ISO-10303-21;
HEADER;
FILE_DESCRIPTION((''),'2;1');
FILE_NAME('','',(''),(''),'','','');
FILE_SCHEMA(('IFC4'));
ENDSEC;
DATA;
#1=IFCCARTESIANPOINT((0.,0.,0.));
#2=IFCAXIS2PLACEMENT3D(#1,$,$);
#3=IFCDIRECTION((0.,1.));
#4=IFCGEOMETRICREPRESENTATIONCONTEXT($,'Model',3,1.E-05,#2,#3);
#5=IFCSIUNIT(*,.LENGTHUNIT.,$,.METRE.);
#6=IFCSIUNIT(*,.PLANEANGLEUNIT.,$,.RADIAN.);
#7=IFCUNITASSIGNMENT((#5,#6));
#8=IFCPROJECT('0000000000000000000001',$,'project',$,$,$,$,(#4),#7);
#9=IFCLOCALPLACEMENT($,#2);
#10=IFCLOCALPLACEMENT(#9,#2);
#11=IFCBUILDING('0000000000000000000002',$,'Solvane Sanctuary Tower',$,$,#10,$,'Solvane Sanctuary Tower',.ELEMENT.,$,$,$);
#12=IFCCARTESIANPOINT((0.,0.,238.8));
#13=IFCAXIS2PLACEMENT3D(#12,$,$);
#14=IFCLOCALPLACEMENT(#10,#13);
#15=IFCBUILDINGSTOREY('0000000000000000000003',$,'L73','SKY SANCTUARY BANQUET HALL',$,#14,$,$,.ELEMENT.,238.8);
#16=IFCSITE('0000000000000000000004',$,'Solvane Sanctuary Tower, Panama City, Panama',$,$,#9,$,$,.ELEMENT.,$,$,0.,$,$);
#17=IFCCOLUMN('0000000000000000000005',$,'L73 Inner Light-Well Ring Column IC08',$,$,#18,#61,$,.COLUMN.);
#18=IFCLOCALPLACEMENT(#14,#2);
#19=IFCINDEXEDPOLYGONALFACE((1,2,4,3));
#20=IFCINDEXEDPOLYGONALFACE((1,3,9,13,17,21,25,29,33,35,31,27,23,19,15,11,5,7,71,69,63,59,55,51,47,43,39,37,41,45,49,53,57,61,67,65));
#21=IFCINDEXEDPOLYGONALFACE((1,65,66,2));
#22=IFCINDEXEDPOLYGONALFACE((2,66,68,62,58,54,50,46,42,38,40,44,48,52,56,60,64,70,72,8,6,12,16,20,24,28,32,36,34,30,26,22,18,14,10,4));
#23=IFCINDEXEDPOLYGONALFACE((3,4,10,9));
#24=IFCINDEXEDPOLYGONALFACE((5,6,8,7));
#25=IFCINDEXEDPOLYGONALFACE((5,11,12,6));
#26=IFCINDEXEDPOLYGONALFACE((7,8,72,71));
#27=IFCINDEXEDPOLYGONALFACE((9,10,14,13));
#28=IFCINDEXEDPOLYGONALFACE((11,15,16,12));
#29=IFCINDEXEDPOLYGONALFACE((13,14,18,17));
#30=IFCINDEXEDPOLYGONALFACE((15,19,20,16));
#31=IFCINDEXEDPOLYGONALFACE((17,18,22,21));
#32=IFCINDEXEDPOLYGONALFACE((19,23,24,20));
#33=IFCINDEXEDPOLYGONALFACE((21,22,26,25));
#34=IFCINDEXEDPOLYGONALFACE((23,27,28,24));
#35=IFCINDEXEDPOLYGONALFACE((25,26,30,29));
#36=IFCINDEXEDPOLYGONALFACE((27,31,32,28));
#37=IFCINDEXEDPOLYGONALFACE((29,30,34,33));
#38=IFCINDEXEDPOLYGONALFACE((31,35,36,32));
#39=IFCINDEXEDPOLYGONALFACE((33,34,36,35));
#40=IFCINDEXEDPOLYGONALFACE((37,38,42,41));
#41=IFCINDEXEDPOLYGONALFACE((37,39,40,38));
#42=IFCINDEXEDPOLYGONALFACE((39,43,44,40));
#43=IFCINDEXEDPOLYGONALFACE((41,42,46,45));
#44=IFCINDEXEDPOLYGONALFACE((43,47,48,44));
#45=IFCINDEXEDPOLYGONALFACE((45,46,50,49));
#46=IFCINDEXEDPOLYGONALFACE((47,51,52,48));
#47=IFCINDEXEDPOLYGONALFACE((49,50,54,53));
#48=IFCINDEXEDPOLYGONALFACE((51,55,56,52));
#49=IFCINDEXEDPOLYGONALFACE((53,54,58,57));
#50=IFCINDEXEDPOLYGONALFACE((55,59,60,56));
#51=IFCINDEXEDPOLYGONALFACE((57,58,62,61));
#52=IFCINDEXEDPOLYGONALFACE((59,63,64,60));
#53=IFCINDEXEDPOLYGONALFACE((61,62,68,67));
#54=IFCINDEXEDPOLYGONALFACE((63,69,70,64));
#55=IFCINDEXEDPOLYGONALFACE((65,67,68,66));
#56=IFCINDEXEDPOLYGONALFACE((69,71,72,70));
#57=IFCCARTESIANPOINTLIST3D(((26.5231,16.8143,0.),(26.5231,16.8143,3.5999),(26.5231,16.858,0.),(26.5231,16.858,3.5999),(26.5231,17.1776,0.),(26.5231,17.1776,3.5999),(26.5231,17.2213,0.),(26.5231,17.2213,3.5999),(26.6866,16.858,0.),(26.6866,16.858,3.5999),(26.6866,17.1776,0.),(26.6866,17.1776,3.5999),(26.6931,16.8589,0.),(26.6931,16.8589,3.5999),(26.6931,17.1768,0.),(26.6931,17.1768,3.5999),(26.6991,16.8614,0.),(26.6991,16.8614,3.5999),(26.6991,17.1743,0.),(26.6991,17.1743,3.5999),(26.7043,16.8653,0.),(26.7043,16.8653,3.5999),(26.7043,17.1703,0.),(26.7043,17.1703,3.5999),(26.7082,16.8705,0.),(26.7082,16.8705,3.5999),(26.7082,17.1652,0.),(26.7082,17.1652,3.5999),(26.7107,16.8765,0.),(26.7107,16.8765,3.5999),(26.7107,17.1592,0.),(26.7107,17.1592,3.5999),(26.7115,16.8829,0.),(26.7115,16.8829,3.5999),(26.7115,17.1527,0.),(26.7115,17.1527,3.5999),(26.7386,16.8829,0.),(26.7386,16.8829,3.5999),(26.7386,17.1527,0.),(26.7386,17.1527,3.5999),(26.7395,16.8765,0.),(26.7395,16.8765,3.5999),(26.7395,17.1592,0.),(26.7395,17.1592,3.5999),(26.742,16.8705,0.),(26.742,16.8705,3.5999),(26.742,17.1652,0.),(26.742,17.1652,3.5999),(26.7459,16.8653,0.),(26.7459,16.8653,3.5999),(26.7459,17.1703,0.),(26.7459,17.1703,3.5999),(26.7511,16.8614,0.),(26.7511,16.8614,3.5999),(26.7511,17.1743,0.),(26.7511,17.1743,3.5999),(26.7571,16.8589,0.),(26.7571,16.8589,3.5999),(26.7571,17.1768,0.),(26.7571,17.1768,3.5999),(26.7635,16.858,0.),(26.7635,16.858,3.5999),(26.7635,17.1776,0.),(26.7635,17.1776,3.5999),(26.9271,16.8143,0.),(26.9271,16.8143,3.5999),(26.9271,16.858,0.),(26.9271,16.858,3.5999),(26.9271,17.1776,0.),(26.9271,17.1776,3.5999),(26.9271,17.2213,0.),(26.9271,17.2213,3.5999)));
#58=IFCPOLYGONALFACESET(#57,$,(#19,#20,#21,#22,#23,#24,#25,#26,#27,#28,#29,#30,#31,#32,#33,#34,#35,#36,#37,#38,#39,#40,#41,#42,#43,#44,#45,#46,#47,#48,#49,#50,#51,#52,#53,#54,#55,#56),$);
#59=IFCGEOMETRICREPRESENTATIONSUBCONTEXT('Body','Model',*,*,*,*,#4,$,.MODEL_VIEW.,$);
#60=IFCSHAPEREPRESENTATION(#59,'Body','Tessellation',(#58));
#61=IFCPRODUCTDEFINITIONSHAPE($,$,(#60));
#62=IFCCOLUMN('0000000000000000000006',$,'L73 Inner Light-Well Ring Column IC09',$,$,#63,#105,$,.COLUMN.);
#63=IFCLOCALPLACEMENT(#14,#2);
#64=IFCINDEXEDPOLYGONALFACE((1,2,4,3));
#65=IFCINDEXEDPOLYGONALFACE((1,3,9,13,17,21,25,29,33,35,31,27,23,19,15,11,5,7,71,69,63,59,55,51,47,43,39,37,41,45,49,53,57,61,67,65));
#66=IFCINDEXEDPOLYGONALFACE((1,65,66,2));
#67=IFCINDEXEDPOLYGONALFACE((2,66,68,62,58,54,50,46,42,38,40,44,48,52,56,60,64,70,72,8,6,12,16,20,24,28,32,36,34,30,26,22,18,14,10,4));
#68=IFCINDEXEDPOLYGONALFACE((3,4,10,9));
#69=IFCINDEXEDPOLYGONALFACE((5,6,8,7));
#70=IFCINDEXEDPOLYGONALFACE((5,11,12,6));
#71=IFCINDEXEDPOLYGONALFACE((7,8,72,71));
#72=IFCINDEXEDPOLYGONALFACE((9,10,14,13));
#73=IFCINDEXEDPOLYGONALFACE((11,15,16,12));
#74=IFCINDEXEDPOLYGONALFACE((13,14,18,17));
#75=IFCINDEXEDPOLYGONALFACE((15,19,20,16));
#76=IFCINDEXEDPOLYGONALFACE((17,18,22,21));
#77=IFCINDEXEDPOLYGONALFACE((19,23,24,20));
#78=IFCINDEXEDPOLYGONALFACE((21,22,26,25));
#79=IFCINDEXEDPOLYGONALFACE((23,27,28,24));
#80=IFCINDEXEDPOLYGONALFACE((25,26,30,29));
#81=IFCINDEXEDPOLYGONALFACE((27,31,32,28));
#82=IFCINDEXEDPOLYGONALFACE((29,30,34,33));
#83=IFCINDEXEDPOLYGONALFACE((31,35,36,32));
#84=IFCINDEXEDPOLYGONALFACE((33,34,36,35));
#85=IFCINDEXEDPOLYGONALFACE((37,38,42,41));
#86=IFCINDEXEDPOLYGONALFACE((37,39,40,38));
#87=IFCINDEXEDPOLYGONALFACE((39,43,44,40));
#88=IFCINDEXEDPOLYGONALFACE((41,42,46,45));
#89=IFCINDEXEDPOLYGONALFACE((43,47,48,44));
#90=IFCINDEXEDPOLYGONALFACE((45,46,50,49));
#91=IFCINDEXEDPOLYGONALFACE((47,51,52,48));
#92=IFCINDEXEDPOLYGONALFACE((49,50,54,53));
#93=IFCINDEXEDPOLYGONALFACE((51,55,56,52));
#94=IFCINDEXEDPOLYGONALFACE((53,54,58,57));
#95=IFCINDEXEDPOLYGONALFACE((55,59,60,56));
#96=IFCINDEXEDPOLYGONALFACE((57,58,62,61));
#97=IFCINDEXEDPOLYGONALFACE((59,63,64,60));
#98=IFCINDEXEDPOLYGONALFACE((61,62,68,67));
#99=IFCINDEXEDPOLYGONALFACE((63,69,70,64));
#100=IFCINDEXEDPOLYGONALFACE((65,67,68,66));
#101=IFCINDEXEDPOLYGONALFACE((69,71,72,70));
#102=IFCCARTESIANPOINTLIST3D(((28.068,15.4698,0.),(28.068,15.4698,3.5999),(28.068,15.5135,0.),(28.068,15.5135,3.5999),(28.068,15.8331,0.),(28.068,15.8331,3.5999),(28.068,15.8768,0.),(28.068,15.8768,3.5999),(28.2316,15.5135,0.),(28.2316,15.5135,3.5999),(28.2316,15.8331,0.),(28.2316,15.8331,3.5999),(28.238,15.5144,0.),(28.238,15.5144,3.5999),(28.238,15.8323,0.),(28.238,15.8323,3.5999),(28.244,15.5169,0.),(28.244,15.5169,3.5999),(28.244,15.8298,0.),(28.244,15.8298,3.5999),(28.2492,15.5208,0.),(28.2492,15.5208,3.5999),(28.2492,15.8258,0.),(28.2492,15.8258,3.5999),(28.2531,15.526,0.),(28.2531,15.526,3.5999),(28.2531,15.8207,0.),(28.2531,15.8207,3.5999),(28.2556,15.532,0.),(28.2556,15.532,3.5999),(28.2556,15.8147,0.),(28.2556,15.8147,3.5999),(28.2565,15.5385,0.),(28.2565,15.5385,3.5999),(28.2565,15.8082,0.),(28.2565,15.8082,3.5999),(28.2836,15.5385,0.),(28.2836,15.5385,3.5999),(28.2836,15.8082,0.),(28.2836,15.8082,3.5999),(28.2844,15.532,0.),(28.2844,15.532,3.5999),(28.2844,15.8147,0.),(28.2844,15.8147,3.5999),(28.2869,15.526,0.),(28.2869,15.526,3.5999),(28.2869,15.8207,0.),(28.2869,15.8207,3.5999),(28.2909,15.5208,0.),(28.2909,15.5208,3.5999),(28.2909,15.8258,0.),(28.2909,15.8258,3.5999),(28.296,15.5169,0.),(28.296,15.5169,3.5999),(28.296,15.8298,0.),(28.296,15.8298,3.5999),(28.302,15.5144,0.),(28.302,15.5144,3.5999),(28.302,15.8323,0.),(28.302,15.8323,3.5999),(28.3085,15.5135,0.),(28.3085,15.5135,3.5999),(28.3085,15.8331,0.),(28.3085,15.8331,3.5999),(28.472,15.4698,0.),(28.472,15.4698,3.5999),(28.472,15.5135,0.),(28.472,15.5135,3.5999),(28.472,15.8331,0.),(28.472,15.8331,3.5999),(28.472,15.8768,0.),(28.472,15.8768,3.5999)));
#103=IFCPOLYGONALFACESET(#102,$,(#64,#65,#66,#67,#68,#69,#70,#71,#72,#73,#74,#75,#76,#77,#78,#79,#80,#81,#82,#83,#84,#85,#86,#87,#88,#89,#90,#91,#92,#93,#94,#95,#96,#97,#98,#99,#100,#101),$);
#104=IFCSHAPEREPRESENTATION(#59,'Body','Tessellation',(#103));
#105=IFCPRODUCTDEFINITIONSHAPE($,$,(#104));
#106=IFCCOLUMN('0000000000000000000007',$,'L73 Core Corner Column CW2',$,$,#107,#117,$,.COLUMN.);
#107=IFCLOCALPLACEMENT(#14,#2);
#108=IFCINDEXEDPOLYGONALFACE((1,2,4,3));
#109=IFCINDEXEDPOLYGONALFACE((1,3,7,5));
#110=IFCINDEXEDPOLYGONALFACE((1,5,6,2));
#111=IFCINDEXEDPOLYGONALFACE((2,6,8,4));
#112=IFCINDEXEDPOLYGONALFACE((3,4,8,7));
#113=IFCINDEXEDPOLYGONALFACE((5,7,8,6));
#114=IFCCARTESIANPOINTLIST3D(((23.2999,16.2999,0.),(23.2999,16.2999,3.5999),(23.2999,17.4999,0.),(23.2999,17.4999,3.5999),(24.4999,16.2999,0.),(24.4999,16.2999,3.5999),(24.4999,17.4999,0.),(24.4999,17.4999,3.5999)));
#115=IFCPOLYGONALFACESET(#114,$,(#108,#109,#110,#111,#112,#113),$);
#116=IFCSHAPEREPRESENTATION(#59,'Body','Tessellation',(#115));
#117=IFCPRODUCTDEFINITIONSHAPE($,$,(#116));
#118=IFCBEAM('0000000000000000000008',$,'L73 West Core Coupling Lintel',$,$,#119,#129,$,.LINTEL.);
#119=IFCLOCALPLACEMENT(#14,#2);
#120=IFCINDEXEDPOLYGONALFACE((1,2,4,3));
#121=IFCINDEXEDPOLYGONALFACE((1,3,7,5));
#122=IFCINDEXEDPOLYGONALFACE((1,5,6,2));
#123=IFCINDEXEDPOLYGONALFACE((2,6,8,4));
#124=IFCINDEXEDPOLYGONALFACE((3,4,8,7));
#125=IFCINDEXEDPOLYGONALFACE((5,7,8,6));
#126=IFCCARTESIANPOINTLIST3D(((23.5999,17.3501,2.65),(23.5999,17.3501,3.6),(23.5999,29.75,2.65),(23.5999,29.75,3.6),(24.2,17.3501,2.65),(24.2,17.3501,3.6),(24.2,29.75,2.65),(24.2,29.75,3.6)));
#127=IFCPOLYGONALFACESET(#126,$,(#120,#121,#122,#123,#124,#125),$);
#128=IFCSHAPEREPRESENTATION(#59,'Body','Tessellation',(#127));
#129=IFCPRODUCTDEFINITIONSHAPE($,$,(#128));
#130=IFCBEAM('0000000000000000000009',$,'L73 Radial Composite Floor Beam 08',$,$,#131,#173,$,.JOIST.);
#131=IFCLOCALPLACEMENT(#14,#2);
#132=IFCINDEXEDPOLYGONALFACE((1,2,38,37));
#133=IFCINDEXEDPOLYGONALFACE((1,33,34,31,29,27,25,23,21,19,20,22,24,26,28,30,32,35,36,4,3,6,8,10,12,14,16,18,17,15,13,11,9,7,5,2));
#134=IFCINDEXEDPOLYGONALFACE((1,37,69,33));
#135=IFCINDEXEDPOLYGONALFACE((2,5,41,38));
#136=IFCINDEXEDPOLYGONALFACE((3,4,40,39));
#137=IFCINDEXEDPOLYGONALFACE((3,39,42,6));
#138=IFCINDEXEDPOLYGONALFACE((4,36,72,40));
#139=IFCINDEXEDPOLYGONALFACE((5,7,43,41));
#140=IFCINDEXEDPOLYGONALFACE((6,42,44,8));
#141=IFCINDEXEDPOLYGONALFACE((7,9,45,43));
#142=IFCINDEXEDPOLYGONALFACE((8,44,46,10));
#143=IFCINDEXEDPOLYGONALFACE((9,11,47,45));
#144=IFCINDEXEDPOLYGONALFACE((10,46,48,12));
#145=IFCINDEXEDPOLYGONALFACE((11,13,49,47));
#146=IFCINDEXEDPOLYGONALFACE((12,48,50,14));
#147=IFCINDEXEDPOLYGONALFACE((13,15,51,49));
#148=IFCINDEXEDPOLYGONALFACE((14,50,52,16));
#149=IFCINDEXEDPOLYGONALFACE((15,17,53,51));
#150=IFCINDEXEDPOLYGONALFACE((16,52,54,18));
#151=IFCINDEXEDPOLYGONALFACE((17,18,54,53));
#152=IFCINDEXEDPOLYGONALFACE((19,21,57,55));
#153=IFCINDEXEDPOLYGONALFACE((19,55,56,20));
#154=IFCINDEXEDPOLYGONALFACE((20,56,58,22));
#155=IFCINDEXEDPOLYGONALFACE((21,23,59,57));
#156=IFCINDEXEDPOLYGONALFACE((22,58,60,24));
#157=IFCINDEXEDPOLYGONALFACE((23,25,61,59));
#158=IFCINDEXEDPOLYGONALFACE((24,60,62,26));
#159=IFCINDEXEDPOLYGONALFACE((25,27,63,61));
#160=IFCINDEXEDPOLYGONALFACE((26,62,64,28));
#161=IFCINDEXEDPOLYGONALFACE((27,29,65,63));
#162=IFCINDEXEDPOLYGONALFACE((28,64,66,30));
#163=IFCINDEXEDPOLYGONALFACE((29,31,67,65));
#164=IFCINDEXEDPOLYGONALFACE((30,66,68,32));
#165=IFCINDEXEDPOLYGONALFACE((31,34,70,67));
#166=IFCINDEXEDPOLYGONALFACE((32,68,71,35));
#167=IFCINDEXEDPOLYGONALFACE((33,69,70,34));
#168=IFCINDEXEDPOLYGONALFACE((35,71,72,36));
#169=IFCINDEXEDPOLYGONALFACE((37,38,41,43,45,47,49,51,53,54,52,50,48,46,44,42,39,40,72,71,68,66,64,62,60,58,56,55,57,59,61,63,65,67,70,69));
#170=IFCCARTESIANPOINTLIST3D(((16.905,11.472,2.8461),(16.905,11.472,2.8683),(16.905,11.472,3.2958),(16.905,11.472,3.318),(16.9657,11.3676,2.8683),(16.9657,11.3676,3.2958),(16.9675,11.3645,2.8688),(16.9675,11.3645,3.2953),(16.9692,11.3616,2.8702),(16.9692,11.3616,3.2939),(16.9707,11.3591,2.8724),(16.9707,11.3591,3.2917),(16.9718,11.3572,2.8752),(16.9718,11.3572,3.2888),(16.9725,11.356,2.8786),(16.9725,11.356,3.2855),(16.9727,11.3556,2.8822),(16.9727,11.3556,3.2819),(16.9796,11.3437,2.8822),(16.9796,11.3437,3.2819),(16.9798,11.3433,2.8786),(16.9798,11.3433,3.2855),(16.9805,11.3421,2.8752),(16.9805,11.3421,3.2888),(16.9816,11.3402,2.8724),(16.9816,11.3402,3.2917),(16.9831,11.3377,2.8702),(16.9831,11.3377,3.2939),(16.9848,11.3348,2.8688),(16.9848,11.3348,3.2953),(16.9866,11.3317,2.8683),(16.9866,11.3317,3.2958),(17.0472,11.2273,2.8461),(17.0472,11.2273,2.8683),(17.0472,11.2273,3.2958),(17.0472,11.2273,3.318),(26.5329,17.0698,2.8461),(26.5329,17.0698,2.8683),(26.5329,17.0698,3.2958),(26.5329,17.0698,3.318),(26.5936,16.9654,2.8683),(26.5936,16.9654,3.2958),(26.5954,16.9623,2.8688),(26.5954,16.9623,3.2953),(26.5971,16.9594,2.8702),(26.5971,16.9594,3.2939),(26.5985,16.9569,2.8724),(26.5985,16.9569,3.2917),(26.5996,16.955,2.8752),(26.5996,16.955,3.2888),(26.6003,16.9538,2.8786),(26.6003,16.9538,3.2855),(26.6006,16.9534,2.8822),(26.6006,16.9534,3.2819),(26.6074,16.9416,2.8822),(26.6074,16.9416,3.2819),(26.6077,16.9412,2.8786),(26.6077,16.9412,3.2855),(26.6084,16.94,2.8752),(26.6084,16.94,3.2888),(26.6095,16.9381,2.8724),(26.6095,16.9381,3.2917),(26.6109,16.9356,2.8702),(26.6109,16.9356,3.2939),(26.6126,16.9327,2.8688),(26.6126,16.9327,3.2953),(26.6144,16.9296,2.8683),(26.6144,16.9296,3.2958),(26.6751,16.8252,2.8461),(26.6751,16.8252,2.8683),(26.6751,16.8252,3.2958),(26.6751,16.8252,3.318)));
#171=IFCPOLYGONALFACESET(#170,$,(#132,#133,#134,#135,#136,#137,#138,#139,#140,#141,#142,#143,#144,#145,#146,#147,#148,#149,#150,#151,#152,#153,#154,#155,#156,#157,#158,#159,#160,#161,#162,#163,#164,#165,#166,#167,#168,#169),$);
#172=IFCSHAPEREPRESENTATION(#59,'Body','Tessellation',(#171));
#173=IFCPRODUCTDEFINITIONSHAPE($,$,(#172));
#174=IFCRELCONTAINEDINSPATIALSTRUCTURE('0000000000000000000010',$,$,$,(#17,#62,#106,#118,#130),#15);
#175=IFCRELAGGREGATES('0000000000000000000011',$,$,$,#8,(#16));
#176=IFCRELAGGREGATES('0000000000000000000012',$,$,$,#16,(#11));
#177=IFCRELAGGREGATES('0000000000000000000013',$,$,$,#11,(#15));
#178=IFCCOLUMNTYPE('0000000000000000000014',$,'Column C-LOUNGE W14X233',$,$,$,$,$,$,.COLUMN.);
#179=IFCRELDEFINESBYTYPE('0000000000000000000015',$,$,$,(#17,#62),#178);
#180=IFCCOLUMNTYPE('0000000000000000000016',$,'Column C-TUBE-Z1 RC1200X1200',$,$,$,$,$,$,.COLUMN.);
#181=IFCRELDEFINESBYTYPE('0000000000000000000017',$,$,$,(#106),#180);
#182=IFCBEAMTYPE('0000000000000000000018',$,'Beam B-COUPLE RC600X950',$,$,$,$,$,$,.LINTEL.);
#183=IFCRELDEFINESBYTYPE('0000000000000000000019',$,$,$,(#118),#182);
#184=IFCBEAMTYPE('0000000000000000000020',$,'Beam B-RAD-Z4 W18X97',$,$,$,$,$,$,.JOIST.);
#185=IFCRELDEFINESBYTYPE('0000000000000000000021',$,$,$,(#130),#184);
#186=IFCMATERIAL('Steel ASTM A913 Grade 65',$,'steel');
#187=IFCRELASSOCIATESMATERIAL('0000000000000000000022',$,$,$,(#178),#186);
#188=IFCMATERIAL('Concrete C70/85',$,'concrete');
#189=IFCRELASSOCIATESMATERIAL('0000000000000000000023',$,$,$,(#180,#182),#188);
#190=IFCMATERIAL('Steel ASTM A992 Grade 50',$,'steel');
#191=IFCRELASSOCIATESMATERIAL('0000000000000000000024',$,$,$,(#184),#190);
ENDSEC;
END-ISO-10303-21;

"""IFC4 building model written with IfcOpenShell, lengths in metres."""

from ifc_helpers import new_model, si_unit, direction, frame, origin, origin_2d, place, context, subcontext, project, spatial, rectangle, i_section, extrude, material, material_profile, profile_set, type_object, element, save


model = new_model("IFC4")

# Units and contexts
model_context = context("Model", 3, precision=1e-05, world=origin(), true_north=direction((0.0, 1.0)))
body_context = subcontext(model_context, "Body", "Model", "MODEL_VIEW")
ifc_project = project(units=[si_unit("LENGTHUNIT", "METRE"), si_unit("PLANEANGLEUNIT", "RADIAN")], contexts=[model_context])

# Site, building, storey
site_placement = place(None, origin())
site = spatial("IfcSite", under=ifc_project, at=site_placement, Name="Solvane Sanctuary Tower, Panama City, Panama", CompositionType="ELEMENT", RefElevation=0.0)
building_placement = place(site_placement, origin())
building = spatial("IfcBuilding", under=site, at=building_placement, Name="Solvane Sanctuary Tower", LongName="Solvane Sanctuary Tower", CompositionType="ELEMENT")
storey_placement = place(building_placement, frame((0.0, 0.0, 238.8)))
storey = spatial("IfcBuildingStorey", under=building, at=storey_placement, Name="L73", Description="SKY SANCTUARY BANQUET HALL", CompositionType="ELEMENT", Elevation=238.8)

# Columns
ifc_material_1 = material(Name="Steel ASTM A913 Grade 65", Category="steel")
ifc_material_profile_1 = material_profile(ifc_material_1, i_section(OverallWidth=0.4041, OverallDepth=0.407, WebThickness=0.0271, FlangeThickness=0.0437, FilletRadius=0.0249, at=origin_2d()), Name="W14X233")
ifc_profile_set_1 = profile_set([ifc_material_profile_1], Name="Steel ASTM A913 Grade 65")
column_type_1 = type_object("IfcColumnType", Name="Column C-LOUNGE W14X233", PredefinedType="COLUMN", material=ifc_profile_set_1)
for number, where, z_axis, x_axis, name in (
    (1, (26.7251, 17.0178, 0.0), (0.0, 0.0, 1.0), (1.0, 0.0, 0.0), "L73 Inner Light-Well Ring Column IC08"),
    (2, (28.27, 15.6733, 0.0), (0.0, 0.0, 1.0), (1.0, 0.0, 0.0), "L73 Inner Light-Well Ring Column IC09"),
):
    element("IfcColumn", number, at=place(storey_placement, frame(where, z_axis=z_axis, x_axis=x_axis)), inside=storey, type_object=column_type_1, Name=name, PredefinedType="COLUMN", context=body_context, shape_type="SweptSolid", body=[
        extrude(i_section(OverallWidth=0.4041, OverallDepth=0.407, WebThickness=0.0271, FlangeThickness=0.0437, FilletRadius=0.0249, at=origin_2d()), origin(), (0.0, 0.0, 1.0), 3.5999),
    ])
ifc_material_2 = material(Name="Concrete C70/85", Category="concrete")
ifc_material_profile_2 = material_profile(ifc_material_2, rectangle(XDim=1.2, YDim=1.2, at=origin_2d()), Name="RC1200X1200")
ifc_profile_set_2 = profile_set([ifc_material_profile_2], Name="Concrete C70/85")
column_type_2 = type_object("IfcColumnType", Name="Column C-TUBE-Z1 RC1200X1200", PredefinedType="COLUMN", material=ifc_profile_set_2)
column_placement = place(storey_placement, frame((23.8999, 16.8999, 0.0), z_axis=(0.0, 0.0, 1.0), x_axis=(1.0, 0.0, 0.0)))
element("IfcColumn", 3, at=column_placement, inside=storey, type_object=column_type_2, Name="L73 Core Corner Column CW2", PredefinedType="COLUMN", context=body_context, shape_type="SweptSolid", body=[
    extrude(rectangle(XDim=1.2, YDim=1.2, at=origin_2d()), origin(), (0.0, 0.0, 1.0), 3.5999),
])

# Beams
ifc_material_profile_3 = material_profile(ifc_material_2, rectangle(XDim=0.6001, YDim=0.95, at=origin_2d()), Name="RC600X950")
ifc_profile_set_3 = profile_set([ifc_material_profile_3], Name="Concrete C70/85")
beam_type_1 = type_object("IfcBeamType", Name="Beam B-COUPLE RC600X950", PredefinedType="LINTEL", material=ifc_profile_set_3)
beam_1_placement = place(storey_placement, frame((23.8999, 17.3501, 3.125), z_axis=(0.0, 1.0, 0.0), x_axis=(-1.0, 0.0, 0.0)))
element("IfcBeam", 4, at=beam_1_placement, inside=storey, type_object=beam_type_1, Name="L73 West Core Coupling Lintel", PredefinedType="LINTEL", context=body_context, shape_type="SweptSolid", body=[
    extrude(rectangle(XDim=0.6001, YDim=0.95, at=origin_2d()), origin(), (0.0, 0.0, 1.0), 12.3999),
])
ifc_material_3 = material(Name="Steel ASTM A992 Grade 50", Category="steel")
ifc_material_profile_4 = material_profile(ifc_material_3, i_section(OverallWidth=0.283, OverallDepth=0.4719, WebThickness=0.0137, FlangeThickness=0.0222, FilletRadius=0.0139, at=origin_2d()), Name="W18X97")
ifc_profile_set_4 = profile_set([ifc_material_profile_4], Name="Steel ASTM A992 Grade 50")
beam_type_2 = type_object("IfcBeamType", Name="Beam B-RAD-Z4 W18X97", PredefinedType="JOIST", material=ifc_profile_set_4)
beam_2_placement = place(storey_placement, frame((26.604, 16.9475, 3.082), z_axis=(-0.864497, -0.502638, 0.0), x_axis=(0.502638, -0.864497, 0.0)))
element("IfcBeam", 5, at=beam_2_placement, inside=storey, type_object=beam_type_2, Name="L73 Radial Composite Floor Beam 08", PredefinedType="JOIST", context=body_context, shape_type="SweptSolid", body=[
    extrude(i_section(OverallWidth=0.283, OverallDepth=0.4719, WebThickness=0.0137, FlangeThickness=0.0222, FilletRadius=0.0139, at=origin_2d()), origin(), (0.0, 0.0, 1.0), 11.137),
])

save(model, "model.ifc")
